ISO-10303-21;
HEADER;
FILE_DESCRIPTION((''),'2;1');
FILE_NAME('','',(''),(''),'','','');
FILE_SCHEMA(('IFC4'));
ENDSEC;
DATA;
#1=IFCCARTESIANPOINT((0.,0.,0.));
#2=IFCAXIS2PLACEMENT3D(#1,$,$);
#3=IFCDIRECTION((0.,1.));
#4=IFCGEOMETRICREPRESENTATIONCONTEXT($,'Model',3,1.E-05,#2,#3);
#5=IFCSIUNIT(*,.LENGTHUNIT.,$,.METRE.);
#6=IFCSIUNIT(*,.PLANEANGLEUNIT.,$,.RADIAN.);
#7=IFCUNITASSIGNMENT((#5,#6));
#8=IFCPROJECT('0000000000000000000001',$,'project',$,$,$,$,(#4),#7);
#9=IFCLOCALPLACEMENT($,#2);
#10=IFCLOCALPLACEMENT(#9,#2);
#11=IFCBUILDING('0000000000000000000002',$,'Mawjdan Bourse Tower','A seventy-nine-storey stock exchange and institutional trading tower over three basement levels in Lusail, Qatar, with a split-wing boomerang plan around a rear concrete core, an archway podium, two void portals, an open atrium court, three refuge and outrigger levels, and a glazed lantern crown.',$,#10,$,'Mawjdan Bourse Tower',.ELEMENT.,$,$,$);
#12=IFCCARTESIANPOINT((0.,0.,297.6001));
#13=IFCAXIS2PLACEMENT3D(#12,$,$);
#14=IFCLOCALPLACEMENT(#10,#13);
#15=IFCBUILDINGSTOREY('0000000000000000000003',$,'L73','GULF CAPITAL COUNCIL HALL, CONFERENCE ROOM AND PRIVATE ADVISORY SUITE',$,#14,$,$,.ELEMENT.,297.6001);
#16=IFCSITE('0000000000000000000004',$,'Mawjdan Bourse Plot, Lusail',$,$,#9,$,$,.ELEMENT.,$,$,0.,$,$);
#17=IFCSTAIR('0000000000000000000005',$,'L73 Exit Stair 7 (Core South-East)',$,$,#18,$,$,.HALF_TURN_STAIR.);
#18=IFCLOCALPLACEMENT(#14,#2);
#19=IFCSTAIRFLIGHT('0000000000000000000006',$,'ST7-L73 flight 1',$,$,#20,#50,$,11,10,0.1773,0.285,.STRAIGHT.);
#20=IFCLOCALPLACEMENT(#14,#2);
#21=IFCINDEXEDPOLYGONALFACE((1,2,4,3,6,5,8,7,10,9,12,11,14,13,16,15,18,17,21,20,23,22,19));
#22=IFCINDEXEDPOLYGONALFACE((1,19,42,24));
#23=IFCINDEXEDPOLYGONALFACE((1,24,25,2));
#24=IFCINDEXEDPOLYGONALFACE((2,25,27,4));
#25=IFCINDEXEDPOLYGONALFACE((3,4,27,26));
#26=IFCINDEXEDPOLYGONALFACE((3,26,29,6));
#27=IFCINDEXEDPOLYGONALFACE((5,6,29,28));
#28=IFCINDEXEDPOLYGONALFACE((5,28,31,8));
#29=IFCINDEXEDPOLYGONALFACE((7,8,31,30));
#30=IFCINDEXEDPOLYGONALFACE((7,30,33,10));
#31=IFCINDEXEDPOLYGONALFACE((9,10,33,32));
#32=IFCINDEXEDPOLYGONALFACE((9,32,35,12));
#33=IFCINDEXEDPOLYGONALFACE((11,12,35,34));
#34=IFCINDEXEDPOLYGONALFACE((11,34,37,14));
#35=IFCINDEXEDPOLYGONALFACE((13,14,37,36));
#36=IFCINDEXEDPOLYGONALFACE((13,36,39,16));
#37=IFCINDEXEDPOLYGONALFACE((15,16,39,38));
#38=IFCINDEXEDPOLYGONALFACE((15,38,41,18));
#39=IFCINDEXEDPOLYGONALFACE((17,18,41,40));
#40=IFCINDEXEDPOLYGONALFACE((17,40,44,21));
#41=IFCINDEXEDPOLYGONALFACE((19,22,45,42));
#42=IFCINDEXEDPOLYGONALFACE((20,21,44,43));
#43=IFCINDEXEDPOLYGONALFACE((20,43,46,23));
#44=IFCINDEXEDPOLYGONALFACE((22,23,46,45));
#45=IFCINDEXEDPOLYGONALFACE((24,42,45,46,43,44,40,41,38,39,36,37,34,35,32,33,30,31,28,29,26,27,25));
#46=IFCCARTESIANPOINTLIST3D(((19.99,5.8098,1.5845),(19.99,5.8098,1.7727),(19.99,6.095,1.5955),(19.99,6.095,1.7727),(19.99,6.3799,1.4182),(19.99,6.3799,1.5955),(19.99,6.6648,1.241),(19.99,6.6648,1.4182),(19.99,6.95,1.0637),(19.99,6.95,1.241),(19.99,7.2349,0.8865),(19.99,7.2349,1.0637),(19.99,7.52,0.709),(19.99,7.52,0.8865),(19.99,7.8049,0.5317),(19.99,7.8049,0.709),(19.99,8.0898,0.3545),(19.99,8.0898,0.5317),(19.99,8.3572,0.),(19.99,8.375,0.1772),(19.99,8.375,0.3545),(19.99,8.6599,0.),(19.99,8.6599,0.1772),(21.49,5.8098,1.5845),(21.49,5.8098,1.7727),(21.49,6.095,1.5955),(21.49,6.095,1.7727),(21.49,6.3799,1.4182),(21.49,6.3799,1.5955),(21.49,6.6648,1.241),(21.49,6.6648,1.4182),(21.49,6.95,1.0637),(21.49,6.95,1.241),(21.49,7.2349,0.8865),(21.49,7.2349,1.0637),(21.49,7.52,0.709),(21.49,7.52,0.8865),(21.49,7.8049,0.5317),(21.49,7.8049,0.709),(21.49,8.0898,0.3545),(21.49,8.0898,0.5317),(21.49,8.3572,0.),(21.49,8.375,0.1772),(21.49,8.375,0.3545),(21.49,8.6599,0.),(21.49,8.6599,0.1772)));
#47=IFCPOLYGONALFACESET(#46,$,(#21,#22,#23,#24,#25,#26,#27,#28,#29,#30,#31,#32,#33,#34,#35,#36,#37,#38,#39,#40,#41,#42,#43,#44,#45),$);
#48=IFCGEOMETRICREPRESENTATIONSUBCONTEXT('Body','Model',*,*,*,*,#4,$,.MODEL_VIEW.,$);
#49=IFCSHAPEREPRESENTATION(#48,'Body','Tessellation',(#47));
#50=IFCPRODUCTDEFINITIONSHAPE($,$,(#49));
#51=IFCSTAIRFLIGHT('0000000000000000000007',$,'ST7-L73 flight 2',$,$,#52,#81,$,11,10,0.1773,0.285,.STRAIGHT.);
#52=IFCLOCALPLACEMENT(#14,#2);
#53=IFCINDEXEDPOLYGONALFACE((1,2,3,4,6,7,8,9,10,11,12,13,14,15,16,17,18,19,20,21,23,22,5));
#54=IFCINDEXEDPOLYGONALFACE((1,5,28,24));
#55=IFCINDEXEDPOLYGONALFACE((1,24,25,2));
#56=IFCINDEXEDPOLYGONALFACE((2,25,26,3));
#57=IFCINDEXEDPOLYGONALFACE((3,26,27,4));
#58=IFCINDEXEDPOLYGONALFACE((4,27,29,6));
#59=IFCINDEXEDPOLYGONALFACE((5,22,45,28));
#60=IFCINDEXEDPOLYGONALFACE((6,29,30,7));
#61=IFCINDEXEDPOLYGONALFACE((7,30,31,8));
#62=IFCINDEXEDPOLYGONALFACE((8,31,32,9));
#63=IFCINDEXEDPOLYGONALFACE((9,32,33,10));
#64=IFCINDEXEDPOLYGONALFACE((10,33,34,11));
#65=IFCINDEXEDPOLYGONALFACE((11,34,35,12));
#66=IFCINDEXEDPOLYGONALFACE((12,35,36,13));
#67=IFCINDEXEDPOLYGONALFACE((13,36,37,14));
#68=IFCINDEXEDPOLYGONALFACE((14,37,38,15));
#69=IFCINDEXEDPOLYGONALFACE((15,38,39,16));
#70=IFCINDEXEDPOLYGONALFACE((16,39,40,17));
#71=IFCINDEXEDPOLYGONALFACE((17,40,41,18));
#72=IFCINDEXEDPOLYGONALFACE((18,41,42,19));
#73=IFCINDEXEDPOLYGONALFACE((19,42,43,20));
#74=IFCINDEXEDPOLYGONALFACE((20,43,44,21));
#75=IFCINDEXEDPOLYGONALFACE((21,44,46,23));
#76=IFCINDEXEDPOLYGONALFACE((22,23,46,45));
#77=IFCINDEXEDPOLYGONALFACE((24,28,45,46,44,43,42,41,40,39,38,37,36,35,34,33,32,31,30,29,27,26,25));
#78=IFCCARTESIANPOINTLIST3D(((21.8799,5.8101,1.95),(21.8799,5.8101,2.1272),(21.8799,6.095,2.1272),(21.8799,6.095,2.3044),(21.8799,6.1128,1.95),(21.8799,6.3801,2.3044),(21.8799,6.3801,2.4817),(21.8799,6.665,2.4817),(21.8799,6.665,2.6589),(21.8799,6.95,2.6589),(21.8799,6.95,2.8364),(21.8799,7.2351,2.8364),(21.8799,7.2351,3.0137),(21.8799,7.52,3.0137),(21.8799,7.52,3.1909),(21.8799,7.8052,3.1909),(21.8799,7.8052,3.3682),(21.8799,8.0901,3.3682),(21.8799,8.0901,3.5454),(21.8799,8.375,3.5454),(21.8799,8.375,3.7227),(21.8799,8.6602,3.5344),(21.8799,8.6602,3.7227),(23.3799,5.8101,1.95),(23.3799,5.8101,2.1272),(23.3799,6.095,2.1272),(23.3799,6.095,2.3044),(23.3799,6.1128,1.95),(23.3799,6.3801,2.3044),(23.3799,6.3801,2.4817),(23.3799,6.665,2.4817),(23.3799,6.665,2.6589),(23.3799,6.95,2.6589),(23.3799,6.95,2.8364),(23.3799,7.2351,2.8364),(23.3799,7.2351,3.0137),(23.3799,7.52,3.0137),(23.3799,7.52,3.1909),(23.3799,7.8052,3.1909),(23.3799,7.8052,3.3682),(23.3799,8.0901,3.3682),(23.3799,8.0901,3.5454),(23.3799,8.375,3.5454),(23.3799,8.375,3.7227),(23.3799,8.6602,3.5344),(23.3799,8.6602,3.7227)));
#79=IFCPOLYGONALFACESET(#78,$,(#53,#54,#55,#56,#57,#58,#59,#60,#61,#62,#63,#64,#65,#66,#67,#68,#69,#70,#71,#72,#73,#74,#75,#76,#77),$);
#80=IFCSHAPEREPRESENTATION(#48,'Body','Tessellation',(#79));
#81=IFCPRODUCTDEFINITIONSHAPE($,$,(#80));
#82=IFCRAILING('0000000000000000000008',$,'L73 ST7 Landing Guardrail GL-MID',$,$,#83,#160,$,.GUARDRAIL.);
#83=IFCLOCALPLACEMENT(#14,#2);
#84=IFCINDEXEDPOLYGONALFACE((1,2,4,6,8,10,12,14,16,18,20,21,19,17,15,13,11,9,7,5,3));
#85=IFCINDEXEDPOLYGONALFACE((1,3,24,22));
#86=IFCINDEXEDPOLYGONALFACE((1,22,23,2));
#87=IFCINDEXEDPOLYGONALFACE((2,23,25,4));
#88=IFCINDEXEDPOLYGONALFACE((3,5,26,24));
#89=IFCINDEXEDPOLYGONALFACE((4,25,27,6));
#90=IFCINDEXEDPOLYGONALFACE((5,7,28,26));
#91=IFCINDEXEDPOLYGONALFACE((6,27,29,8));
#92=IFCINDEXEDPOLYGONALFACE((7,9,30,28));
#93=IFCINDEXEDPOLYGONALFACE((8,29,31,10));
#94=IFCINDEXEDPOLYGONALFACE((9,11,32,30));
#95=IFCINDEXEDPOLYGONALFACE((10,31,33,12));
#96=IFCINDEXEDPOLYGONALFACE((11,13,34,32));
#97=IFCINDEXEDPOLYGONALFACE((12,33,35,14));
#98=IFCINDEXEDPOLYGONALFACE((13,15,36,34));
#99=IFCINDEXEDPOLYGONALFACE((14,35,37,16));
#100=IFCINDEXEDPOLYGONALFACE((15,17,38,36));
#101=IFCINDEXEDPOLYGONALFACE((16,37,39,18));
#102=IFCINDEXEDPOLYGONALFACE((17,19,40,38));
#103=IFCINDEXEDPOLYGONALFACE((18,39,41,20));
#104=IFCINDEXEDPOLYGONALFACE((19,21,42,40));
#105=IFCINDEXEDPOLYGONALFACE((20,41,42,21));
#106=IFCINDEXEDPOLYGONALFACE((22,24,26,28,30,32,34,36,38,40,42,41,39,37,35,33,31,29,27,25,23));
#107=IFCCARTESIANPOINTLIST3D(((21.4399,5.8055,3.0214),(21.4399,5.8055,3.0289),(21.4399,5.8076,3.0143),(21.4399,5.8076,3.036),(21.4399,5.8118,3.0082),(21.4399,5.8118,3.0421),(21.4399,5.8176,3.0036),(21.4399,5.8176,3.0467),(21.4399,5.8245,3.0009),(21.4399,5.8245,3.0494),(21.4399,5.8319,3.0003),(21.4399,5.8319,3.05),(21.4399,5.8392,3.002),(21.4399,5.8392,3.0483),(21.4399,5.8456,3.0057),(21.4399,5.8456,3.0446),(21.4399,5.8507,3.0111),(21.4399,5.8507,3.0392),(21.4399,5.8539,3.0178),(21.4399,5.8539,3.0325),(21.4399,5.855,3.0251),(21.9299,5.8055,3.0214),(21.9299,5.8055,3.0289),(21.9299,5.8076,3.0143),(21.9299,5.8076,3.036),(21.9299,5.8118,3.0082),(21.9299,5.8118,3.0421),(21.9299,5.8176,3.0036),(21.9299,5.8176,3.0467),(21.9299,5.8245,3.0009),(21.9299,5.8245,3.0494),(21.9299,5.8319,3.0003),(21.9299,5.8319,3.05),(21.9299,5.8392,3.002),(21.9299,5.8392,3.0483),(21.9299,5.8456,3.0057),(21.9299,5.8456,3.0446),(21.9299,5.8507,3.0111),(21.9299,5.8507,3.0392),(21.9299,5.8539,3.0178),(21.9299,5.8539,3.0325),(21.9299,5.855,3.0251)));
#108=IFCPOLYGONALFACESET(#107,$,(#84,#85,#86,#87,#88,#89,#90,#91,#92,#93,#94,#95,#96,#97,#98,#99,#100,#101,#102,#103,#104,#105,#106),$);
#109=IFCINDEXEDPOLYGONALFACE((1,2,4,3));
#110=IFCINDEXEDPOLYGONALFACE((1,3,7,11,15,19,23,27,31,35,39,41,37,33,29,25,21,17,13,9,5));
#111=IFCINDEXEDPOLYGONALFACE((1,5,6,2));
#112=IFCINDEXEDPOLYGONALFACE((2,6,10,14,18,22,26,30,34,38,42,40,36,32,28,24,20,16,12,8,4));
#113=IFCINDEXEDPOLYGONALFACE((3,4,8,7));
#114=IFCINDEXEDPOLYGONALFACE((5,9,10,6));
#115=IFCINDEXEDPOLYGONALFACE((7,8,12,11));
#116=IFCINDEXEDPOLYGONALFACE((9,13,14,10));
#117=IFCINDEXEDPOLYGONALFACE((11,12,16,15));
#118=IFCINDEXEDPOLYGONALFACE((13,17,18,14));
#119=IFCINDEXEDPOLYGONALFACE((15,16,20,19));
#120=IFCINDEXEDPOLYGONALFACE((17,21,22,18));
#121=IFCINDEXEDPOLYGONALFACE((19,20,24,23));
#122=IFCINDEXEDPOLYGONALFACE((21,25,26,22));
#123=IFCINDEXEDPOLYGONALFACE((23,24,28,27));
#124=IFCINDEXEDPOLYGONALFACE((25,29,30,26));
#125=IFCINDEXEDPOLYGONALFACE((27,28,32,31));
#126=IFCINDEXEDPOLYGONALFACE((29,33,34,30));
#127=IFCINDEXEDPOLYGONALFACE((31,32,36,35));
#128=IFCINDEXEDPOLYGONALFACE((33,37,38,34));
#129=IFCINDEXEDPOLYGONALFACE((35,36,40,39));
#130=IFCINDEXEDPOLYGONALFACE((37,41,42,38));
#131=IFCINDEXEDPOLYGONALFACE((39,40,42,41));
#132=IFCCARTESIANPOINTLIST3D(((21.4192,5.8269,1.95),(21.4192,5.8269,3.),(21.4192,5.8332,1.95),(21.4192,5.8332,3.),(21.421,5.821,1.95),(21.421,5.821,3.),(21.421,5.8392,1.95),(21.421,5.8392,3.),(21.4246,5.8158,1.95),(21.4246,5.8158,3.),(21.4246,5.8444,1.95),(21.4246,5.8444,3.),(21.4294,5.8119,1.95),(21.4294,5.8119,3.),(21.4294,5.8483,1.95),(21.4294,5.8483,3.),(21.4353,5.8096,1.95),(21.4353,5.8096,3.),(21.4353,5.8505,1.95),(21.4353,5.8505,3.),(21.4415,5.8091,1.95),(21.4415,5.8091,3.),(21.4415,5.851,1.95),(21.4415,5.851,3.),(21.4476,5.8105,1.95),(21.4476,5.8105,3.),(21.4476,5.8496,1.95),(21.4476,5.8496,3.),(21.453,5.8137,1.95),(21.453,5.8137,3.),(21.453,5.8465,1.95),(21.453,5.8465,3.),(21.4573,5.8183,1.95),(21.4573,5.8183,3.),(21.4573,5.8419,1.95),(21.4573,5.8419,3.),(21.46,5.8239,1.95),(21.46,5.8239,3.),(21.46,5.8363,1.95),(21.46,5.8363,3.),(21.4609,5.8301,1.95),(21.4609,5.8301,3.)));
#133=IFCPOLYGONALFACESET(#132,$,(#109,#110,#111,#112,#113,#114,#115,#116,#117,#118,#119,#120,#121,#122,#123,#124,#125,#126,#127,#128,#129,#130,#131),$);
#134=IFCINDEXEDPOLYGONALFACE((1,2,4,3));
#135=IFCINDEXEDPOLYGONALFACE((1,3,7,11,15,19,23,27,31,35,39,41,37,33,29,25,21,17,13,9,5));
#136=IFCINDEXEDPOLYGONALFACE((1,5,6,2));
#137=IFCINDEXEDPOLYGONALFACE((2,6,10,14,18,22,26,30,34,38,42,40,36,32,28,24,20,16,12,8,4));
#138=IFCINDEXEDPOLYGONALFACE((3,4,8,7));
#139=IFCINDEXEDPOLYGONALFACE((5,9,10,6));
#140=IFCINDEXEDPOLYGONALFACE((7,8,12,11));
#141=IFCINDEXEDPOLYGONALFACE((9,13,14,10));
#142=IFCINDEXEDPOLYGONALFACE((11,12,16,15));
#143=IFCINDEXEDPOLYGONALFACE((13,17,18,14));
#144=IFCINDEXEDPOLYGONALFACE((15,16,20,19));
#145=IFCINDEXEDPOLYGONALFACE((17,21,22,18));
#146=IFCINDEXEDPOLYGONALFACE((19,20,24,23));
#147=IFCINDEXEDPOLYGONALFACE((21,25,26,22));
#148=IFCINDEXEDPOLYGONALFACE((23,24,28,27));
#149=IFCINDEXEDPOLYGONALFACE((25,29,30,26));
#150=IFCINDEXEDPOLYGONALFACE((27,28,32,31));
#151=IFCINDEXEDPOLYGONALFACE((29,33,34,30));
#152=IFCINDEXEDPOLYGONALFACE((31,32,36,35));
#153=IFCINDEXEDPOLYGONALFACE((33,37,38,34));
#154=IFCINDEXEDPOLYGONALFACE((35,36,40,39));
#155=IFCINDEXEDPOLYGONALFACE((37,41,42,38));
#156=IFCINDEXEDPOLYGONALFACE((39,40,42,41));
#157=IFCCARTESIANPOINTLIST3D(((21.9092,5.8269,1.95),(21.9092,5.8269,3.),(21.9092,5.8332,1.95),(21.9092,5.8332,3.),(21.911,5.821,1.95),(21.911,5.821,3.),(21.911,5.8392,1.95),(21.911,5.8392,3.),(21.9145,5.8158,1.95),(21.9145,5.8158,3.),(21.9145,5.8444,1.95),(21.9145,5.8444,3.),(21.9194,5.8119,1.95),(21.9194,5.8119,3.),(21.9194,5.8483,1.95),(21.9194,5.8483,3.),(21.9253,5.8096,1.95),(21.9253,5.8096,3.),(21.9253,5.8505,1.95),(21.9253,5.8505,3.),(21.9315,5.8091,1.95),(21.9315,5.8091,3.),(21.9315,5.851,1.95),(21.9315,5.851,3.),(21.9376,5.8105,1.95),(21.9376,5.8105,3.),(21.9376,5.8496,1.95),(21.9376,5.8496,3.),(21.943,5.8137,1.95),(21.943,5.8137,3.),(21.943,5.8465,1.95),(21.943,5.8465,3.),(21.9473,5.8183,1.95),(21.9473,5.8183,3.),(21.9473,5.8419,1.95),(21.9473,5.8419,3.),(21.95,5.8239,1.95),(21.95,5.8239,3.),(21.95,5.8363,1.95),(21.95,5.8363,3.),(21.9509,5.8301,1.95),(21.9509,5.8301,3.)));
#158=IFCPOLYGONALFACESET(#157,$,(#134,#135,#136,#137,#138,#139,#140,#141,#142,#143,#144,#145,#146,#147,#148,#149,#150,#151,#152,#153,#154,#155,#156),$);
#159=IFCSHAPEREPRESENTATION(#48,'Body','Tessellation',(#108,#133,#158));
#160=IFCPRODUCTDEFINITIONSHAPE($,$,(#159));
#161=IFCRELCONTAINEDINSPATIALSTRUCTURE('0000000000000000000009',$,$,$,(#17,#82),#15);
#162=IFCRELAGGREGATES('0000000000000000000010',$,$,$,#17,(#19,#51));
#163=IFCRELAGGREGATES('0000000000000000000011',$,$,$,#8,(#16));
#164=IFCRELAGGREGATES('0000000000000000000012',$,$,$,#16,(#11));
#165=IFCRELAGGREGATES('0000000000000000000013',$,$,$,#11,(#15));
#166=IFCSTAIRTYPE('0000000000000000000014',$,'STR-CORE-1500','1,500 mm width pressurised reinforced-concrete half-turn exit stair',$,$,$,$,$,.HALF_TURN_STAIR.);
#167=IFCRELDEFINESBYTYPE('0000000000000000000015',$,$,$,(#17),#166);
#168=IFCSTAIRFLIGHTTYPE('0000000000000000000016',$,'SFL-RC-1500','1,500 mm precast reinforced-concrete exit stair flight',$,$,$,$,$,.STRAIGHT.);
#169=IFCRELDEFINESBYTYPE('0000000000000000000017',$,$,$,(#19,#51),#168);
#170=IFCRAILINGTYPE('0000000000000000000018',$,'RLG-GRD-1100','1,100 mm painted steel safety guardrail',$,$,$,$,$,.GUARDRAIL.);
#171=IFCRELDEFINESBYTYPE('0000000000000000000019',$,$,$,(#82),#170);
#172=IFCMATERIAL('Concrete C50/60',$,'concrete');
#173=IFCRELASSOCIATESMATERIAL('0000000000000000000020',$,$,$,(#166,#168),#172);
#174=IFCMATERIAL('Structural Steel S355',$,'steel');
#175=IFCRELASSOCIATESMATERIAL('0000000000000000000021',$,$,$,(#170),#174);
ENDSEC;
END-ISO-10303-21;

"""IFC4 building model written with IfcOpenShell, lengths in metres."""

from ifc_helpers import new_model, si_unit, direction, frame, origin, origin_2d, place, context, subcontext, project, spatial, polyline, circle, outline, extrude, material, type_object, element, aggregate, save


model = new_model("IFC4")

# Units and contexts
model_context = context("Model", 3, precision=1e-05, world=origin(), true_north=direction((0.0, 1.0)))
body_context = subcontext(model_context, "Body", "Model", "MODEL_VIEW")
ifc_project = project(units=[si_unit("LENGTHUNIT", "METRE"), si_unit("PLANEANGLEUNIT", "RADIAN")], contexts=[model_context])

# Site, building, storey
site_placement = place(None, origin())
site = spatial("IfcSite", under=ifc_project, at=site_placement, Name="Mawjdan Bourse Plot, Lusail", CompositionType="ELEMENT", RefElevation=0.0)
building_placement = place(site_placement, origin())
building = spatial("IfcBuilding", under=site, at=building_placement, Name="Mawjdan Bourse Tower", Description="A seventy-nine-storey stock exchange and institutional trading tower over three basement levels in Lusail, Qatar, with a split-wing boomerang plan around a rear concrete core, an archway podium, two void portals, an open atrium court, three refuge and outrigger levels, and a glazed lantern crown.", LongName="Mawjdan Bourse Tower", CompositionType="ELEMENT")
storey_placement = place(building_placement, frame((0.0, 0.0, 297.6001)))
storey = spatial("IfcBuildingStorey", under=building, at=storey_placement, Name="L73", Description="GULF CAPITAL COUNCIL HALL, CONFERENCE ROOM AND PRIVATE ADVISORY SUITE", CompositionType="ELEMENT", Elevation=297.6001)

# Shared definitions
ifc_material_1 = material(Name="Structural Steel S355", Category="steel")

# Shared definitions
ifc_material_2 = material(Name="Concrete C50/60", Category="concrete")

# Stair, stair flights
stair_type = type_object("IfcStairType", Name="STR-CORE-1500", Description="1,500 mm width pressurised reinforced-concrete half-turn exit stair", PredefinedType="HALF_TURN_STAIR", material=ifc_material_2)
stair_placement = place(storey_placement, origin())
stair = element("IfcStair", 1, at=stair_placement, inside=storey, type_object=stair_type, Name="L73 Exit Stair 7 (Core South-East)", PredefinedType="HALF_TURN_STAIR")
stair_flight_type = type_object("IfcStairFlightType", Name="SFL-RC-1500", Description="1,500 mm precast reinforced-concrete exit stair flight", PredefinedType="STRAIGHT", material=ifc_material_2)
stair_flight_1_placement = place(storey_placement, frame((20.74, 8.6599, 0.0), z_axis=(0.0, 0.0, 1.0), x_axis=(0.0, -1.0, 0.0)))
stair_flight_1 = element("IfcStairFlight", 2, at=stair_flight_1_placement, type_object=stair_flight_type, Name="ST7-L73 flight 1", NumberOfRisers=11, NumberOfTreads=10, PredefinedType="STRAIGHT", RiserHeight=0.1773, TreadLength=0.285, context=body_context, shape_type="SweptSolid", body=[
    extrude(outline(polyline([(0.0, 0.0), (0.0, 0.1772), (0.2849, 0.1772), (0.2849, 0.3545), (0.5701, 0.3545), (0.5701, 0.5317), (0.855, 0.5317), (0.855, 0.709), (1.1399, 0.709), (1.1399, 0.8865), (1.425, 0.8865), (1.425, 1.0637), (1.71, 1.0637), (1.71, 1.241), (1.9951, 1.241), (1.9951, 1.4182), (2.28, 1.4182), (2.28, 1.5955), (2.5649, 1.5955), (2.5649, 1.7727), (2.8501, 1.7727), (2.8501, 1.95), (2.8501, 1.5845), (0.3027, 0.0), (0.0, 0.0)])), frame((0.0, 0.75, 0.0), z_axis=(0.0, -1.0, 0.0), x_axis=(1.0, 0.0, 0.0)), (0.0, 0.0, 1.0), 1.5),
])
stair_flight_2_placement = place(storey_placement, frame((22.6299, 5.8101, 1.95), z_axis=(0.0, 0.0, 1.0), x_axis=(0.0, 1.0, 0.0)))
stair_flight_2 = element("IfcStairFlight", 3, at=stair_flight_2_placement, type_object=stair_flight_type, Name="ST7-L73 flight 2", NumberOfRisers=11, NumberOfTreads=10, PredefinedType="STRAIGHT", RiserHeight=0.1773, TreadLength=0.285, context=body_context, shape_type="SweptSolid", body=[
    extrude(outline(polyline([(0.0, 0.0), (0.0, 0.1772), (0.2849, 0.1772), (0.2849, 0.3545), (0.5701, 0.3545), (0.5701, 0.5317), (0.855, 0.5317), (0.855, 0.709), (1.1399, 0.709), (1.1399, 0.8865), (1.425, 0.8865), (1.425, 1.0637), (1.71, 1.0637), (1.71, 1.241), (1.9951, 1.241), (1.9951, 1.4182), (2.28, 1.4182), (2.28, 1.5955), (2.5649, 1.5955), (2.5649, 1.7727), (2.8501, 1.7727), (2.8501, 1.95), (2.8501, 1.5845), (0.3027, 0.0), (0.0, 0.0)])), frame((0.0, 0.75, 0.0), z_axis=(0.0, -1.0, 0.0), x_axis=(1.0, 0.0, 0.0)), (0.0, 0.0, 1.0), 1.5),
])
aggregate(stair, [stair_flight_1, stair_flight_2])

# Railing
railing_type_1 = type_object("IfcRailingType", Name="RLG-GRD-1100", Description="1,100 mm painted steel safety guardrail", PredefinedType="GUARDRAIL", material=ifc_material_1)
for number, where, name in (
    (4, (21.4399, 5.8301, 1.95), "L73 ST7 Landing Guardrail GL-MID"),
):
    element("IfcRailing", number, at=place(storey_placement, frame(where)), inside=storey, type_object=railing_type_1, Name=name, PredefinedType="GUARDRAIL", context=body_context, shape_type="SweptSolid", body=[
        extrude(circle(Radius=0.0249, at=origin_2d()), frame((0.0, 0.0, 1.0752), z_axis=(1.0, 0.0, 0.0), x_axis=(0.0, 1.0, 0.0)), (0.0, 0.0, 1.0), 0.49),
        extrude(circle(Radius=0.021, at=origin_2d()), origin(), (0.0, 0.0, 1.0), 1.05),
        extrude(circle(Radius=0.021, at=origin_2d()), frame((0.49, 0.0, 0.0)), (0.0, 0.0, 1.0), 1.05),
    ])

save(model, "model.ifc")
